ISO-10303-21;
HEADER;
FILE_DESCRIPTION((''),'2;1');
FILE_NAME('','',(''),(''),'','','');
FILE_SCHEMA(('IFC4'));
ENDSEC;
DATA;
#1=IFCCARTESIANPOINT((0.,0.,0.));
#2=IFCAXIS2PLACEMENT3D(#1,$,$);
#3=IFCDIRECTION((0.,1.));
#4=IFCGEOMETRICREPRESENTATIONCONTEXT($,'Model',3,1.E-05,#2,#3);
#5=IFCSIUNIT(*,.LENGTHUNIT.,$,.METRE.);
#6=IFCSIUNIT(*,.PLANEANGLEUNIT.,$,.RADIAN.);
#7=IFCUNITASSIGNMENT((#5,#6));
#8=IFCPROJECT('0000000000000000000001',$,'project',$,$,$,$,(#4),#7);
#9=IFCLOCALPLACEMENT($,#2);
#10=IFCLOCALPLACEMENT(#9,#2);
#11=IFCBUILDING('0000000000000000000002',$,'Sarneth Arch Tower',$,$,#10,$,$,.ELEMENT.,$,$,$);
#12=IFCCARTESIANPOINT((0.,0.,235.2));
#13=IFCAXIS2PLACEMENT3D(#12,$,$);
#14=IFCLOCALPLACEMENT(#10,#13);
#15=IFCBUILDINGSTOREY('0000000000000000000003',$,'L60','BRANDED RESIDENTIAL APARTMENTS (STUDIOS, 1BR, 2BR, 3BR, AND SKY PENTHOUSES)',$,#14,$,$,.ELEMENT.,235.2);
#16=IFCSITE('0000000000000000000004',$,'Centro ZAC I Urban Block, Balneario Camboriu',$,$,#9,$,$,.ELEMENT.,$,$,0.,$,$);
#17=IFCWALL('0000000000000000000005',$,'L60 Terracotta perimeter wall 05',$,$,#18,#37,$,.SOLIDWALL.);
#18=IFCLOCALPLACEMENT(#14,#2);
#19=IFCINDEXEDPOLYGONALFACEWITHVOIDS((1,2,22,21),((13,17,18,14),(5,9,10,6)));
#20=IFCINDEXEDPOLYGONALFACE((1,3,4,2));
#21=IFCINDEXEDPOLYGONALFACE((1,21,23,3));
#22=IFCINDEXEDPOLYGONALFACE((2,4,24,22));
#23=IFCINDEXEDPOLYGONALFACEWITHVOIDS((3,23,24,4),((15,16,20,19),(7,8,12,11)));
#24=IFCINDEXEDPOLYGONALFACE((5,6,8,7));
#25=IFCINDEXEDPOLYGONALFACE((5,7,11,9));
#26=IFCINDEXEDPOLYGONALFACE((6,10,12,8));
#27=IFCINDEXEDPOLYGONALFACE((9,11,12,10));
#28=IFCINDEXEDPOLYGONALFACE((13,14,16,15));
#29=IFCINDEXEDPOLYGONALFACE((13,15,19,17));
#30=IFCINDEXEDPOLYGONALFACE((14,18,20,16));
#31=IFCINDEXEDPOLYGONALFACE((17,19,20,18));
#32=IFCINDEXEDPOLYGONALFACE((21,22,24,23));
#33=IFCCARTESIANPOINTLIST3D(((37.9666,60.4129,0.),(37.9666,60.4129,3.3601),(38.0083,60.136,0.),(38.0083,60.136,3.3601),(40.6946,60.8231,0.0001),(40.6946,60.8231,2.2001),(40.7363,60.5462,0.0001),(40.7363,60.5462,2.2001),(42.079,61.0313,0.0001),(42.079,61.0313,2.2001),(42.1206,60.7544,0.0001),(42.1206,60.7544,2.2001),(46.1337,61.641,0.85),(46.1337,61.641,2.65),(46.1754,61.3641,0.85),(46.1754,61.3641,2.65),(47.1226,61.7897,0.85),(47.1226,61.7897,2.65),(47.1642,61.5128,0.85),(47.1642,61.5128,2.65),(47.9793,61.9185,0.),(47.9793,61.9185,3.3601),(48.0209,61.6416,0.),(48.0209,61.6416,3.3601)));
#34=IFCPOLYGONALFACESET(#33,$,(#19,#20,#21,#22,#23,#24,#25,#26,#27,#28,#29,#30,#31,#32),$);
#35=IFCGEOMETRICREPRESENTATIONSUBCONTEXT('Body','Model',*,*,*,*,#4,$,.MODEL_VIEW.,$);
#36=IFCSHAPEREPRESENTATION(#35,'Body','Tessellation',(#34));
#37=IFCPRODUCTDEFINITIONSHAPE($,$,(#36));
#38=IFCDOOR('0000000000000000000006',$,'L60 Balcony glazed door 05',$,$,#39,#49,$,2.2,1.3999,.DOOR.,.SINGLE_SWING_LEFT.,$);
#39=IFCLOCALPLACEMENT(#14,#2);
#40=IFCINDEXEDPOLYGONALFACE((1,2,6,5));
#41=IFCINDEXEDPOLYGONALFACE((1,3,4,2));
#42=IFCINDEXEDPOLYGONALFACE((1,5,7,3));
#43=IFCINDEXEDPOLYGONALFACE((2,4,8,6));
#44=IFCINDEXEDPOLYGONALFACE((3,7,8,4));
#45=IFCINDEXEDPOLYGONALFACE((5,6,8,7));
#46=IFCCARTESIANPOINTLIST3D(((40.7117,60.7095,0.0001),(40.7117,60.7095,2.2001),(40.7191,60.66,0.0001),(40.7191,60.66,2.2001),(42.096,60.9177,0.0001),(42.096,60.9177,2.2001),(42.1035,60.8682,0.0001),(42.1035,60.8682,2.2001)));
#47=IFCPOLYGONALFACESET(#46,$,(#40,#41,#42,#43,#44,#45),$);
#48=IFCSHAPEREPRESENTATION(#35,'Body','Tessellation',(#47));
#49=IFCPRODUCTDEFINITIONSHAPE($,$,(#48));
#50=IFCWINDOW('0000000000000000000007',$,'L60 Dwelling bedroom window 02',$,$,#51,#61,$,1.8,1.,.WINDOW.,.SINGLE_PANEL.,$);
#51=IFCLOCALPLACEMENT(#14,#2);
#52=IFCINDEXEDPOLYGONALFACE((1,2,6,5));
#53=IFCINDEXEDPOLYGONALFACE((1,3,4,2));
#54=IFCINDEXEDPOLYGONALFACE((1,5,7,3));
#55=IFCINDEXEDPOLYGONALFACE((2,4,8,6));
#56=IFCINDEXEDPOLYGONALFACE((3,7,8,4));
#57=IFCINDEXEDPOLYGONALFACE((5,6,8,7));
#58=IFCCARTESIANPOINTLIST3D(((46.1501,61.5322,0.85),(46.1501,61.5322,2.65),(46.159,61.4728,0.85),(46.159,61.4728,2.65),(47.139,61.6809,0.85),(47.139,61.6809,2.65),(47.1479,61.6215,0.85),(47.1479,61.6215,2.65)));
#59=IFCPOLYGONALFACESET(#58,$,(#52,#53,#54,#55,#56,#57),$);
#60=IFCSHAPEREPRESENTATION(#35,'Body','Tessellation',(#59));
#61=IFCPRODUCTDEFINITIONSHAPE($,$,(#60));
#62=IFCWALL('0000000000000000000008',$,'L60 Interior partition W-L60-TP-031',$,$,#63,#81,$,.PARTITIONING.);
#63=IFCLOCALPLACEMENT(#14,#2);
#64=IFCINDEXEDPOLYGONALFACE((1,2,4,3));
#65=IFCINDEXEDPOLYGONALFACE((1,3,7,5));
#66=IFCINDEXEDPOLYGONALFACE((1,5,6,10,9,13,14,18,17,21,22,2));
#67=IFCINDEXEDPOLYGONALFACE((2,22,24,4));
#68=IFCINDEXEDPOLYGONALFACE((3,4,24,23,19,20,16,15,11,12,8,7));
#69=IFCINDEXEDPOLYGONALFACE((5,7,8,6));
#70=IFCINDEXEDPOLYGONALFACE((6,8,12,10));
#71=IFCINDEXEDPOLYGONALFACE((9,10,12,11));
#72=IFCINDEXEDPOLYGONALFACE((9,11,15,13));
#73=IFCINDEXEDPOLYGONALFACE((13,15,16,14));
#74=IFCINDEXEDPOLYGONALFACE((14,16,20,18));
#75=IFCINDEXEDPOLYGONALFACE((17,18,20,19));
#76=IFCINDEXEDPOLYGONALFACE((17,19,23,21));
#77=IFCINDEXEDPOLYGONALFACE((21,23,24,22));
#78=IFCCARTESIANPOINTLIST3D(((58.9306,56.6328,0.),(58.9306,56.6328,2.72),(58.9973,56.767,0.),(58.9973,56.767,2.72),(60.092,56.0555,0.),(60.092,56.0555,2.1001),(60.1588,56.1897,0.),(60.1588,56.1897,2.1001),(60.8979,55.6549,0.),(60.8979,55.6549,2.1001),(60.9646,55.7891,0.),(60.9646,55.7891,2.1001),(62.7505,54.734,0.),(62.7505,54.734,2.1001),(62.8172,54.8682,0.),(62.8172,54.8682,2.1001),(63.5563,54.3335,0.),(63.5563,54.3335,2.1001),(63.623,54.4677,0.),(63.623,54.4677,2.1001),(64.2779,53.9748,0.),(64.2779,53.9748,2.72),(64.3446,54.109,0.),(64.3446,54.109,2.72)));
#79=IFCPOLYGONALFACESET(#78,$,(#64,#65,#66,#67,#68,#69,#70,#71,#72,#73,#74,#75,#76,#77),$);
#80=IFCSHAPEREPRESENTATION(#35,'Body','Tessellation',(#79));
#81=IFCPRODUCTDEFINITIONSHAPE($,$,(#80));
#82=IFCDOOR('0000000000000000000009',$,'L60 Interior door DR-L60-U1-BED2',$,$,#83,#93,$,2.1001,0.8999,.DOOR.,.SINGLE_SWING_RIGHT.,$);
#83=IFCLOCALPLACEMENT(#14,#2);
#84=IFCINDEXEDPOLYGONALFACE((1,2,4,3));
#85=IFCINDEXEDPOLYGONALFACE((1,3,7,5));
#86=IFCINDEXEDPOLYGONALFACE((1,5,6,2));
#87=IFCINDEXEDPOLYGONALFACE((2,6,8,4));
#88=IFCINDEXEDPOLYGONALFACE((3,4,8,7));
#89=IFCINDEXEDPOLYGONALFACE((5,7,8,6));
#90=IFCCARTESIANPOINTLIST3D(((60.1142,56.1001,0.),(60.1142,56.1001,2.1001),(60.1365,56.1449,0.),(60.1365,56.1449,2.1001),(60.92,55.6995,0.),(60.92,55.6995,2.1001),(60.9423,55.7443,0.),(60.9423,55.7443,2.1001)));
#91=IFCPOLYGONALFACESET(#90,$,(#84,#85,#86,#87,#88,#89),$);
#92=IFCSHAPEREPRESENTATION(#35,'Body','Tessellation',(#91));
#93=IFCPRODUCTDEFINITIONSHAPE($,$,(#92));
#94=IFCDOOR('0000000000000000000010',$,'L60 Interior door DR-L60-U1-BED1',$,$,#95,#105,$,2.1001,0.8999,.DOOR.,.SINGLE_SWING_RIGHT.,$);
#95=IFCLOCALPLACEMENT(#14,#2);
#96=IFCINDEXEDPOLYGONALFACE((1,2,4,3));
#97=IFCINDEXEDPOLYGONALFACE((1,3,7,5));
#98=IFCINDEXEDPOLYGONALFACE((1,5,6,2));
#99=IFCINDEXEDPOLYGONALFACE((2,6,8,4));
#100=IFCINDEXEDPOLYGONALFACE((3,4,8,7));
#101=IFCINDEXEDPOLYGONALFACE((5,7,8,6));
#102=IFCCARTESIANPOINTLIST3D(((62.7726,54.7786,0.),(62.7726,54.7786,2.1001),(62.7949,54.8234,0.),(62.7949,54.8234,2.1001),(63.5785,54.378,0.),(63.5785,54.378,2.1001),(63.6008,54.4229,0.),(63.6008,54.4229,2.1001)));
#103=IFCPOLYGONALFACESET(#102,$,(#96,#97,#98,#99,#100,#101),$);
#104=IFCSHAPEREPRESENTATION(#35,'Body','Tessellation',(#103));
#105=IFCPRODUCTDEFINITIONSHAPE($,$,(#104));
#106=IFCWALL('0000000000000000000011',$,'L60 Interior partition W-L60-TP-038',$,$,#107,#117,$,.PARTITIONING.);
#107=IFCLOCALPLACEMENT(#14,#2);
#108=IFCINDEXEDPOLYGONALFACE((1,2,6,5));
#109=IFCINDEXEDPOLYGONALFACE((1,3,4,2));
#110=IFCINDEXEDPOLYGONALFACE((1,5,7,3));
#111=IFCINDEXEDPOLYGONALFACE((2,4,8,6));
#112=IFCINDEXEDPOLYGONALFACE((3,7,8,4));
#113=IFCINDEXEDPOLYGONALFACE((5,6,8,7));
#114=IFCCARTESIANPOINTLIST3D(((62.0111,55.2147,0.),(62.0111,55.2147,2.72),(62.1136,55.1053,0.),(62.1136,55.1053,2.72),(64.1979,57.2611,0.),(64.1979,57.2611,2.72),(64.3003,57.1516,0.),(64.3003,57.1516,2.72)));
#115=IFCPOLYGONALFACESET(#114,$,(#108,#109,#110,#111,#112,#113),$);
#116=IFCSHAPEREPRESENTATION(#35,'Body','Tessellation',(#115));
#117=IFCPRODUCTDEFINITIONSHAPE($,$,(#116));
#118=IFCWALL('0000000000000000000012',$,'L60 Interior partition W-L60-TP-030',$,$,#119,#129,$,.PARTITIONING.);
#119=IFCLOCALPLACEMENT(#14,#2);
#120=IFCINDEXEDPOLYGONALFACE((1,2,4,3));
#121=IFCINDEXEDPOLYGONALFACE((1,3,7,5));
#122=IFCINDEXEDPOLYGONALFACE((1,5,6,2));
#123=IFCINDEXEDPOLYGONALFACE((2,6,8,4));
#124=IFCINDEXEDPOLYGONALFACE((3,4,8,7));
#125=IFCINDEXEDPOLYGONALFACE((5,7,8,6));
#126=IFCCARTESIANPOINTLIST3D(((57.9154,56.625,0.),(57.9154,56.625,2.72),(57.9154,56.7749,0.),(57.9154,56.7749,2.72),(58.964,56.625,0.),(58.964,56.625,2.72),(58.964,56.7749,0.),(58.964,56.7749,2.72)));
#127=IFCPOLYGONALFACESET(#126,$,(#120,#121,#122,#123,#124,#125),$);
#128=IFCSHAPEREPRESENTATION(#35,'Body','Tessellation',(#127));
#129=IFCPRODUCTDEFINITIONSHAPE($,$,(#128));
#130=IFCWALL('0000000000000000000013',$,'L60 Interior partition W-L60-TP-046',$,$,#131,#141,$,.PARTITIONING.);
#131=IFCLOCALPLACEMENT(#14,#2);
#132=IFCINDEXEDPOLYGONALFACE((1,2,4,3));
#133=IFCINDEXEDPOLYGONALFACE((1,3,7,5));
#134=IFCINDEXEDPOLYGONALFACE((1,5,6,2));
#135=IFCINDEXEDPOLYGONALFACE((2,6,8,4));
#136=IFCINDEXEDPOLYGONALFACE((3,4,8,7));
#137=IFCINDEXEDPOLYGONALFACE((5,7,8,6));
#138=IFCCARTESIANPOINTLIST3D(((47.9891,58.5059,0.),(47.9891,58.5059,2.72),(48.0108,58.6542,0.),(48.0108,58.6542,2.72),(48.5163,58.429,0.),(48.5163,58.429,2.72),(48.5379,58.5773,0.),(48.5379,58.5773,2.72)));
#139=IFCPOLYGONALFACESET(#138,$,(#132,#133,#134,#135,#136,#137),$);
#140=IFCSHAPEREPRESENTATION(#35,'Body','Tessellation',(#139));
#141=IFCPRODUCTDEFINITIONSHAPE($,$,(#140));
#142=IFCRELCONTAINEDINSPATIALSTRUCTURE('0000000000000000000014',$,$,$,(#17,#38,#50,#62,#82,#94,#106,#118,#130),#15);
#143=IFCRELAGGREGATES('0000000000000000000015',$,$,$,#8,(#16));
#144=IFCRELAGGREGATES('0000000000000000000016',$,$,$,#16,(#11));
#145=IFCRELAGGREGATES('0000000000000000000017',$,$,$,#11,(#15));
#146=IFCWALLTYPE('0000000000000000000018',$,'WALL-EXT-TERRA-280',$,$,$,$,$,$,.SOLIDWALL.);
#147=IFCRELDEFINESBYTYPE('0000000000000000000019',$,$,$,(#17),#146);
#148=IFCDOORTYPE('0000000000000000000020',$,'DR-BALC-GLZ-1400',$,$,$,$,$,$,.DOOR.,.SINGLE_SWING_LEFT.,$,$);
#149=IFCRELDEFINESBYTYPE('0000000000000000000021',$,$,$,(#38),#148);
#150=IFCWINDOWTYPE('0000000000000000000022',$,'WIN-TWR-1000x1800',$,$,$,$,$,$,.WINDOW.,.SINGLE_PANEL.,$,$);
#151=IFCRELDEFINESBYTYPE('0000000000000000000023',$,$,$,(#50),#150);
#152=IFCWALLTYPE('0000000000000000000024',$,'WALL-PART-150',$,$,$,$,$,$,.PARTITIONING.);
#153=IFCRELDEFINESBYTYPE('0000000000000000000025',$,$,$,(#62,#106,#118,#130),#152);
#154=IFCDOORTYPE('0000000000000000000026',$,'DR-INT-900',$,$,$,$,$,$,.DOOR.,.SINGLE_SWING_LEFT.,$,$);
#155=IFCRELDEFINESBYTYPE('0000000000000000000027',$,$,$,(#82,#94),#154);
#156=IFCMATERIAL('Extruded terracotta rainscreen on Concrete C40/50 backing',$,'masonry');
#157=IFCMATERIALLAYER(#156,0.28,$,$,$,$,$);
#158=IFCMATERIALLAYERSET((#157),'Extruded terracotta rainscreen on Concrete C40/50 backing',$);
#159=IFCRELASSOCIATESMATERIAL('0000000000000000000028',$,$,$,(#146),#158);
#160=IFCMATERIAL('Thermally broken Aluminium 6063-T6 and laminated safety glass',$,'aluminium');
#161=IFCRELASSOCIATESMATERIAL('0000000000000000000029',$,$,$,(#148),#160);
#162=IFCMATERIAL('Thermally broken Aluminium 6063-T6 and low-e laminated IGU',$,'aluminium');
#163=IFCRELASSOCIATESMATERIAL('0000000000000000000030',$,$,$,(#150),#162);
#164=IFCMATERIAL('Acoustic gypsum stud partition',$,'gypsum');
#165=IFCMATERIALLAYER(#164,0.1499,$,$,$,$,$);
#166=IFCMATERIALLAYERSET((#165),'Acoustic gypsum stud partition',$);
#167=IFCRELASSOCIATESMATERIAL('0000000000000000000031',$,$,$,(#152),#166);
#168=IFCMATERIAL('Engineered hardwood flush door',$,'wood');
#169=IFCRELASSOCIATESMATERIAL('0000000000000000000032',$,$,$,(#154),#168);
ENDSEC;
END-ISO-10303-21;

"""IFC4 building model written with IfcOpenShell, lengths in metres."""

from ifc_helpers import new_model, si_unit, direction, frame, frame_2d, origin, place, context, subcontext, project, spatial, rectangle, extrude, material, layer, layer_set, type_object, element, fill, save


model = new_model("IFC4")

# Units and contexts
model_context = context("Model", 3, precision=1e-05, world=origin(), true_north=direction((0.0, 1.0)))
body_context = subcontext(model_context, "Body", "Model", "MODEL_VIEW")
ifc_project = project(units=[si_unit("LENGTHUNIT", "METRE"), si_unit("PLANEANGLEUNIT", "RADIAN")], contexts=[model_context])

# Site, building, storey
site_placement = place(None, origin())
site = spatial("IfcSite", under=ifc_project, at=site_placement, Name="Centro ZAC I Urban Block, Balneario Camboriu", CompositionType="ELEMENT", RefElevation=0.0)
building_placement = place(site_placement, origin())
building = spatial("IfcBuilding", under=site, at=building_placement, Name="Sarneth Arch Tower", CompositionType="ELEMENT")
storey_placement = place(building_placement, frame((0.0, 0.0, 235.2)))
storey = spatial("IfcBuildingStorey", under=building, at=storey_placement, Name="L60", Description="BRANDED RESIDENTIAL APARTMENTS (STUDIOS, 1BR, 2BR, 3BR, AND SKY PENTHOUSES)", CompositionType="ELEMENT", Elevation=235.2)

# Wall, openings, door, window
ifc_material_1 = material(Name="Extruded terracotta rainscreen on Concrete C40/50 backing", Category="masonry")
ifc_layer_1 = layer(ifc_material_1, 0.28)
ifc_layer_set_1 = layer_set([ifc_layer_1], Name="Extruded terracotta rainscreen on Concrete C40/50 backing")
wall_type_1 = type_object("IfcWallType", Name="WALL-EXT-TERRA-280", PredefinedType="SOLIDWALL", material=ifc_layer_set_1)
wall_1_placement = place(storey_placement, frame((48.0, 61.78, 0.0), z_axis=(0.0, 0.0, 1.0), x_axis=(-0.988883, -0.148699, 0.0)))
wall_1 = element("IfcWall", 1, at=wall_1_placement, inside=storey, type_object=wall_type_1, Name="L60 Terracotta perimeter wall 05", PredefinedType="SOLIDWALL", context=body_context, shape_type="SweptSolid", body=[
    extrude(rectangle(XDim=10.1252, YDim=0.28, at=frame_2d((5.0625, 0.0))), origin(), (0.0, 0.0, 1.0), 3.3601),
])
opening_1_placement = place(wall_1_placement, frame((5.9666, 0.0, 0.0)))
opening_1 = element("IfcOpeningElement", 2, at=opening_1_placement, cuts=wall_1, PredefinedType="OPENING", context=body_context, shape_type="SweptSolid", body=[
    extrude(rectangle(XDim=1.3999, YDim=2.2, at=frame_2d((0.7, 1.1001))), frame((0.0, 0.1499, 0.0), z_axis=(0.0, -1.0, 0.0), x_axis=(1.0, 0.0, 0.0)), (0.0, 0.0, 1.0), 0.3),
])
opening_2_placement = place(wall_1_placement, frame((0.8662, 0.0, 0.8501)))
opening_2 = element("IfcOpeningElement", 3, at=opening_2_placement, cuts=wall_1, PredefinedType="OPENING", context=body_context, shape_type="SweptSolid", body=[
    extrude(rectangle(XDim=1.0, YDim=1.8, at=frame_2d((0.5, 0.8999))), frame((0.0, 0.1499, 0.0), z_axis=(0.0, -1.0, 0.0), x_axis=(1.0, 0.0, 0.0)), (0.0, 0.0, 1.0), 0.3),
])
ifc_material_2 = material(Name="Thermally broken Aluminium 6063-T6 and laminated safety glass", Category="aluminium")
door_type_1 = type_object("IfcDoorType", Name="DR-BALC-GLZ-1400", OperationType="SINGLE_SWING_LEFT", PredefinedType="DOOR", material=ifc_material_2)
door_1_placement = place(opening_1_placement, origin())
door_1 = element("IfcDoor", 4, at=door_1_placement, inside=storey, type_object=door_type_1, Name="L60 Balcony glazed door 05", OperationType="SINGLE_SWING_LEFT", OverallHeight=2.2, OverallWidth=1.3999, PredefinedType="DOOR", context=body_context, shape_type="SweptSolid", body=[
    extrude(rectangle(XDim=1.3999, YDim=2.2, at=frame_2d((0.7, 1.1001))), frame((0.0, 0.0249, 0.0), z_axis=(0.0, -1.0, 0.0), x_axis=(1.0, 0.0, 0.0)), (0.0, 0.0, 1.0), 0.05),
])
fill(opening_1, door_1)
ifc_material_3 = material(Name="Thermally broken Aluminium 6063-T6 and low-e laminated IGU", Category="aluminium")
window_type = type_object("IfcWindowType", Name="WIN-TWR-1000x1800", PartitioningType="SINGLE_PANEL", PredefinedType="WINDOW", material=ifc_material_3)
window_placement = place(opening_2_placement, origin())
window = element("IfcWindow", 5, at=window_placement, inside=storey, type_object=window_type, Name="L60 Dwelling bedroom window 02", OverallHeight=1.8, OverallWidth=1.0, PartitioningType="SINGLE_PANEL", PredefinedType="WINDOW", context=body_context, shape_type="SweptSolid", body=[
    extrude(rectangle(XDim=1.0, YDim=1.8, at=frame_2d((0.5, 0.8999))), frame((0.0, 0.03, 0.0), z_axis=(0.0, -1.0, 0.0), x_axis=(1.0, 0.0, 0.0)), (0.0, 0.0, 1.0), 0.0601),
])
fill(opening_2, window)

# Wall, openings, doors
ifc_material_4 = material(Name="Acoustic gypsum stud partition", Category="gypsum")
ifc_layer_2 = layer(ifc_material_4, 0.1499)
ifc_layer_set_2 = layer_set([ifc_layer_2], Name="Acoustic gypsum stud partition")
wall_type_2 = type_object("IfcWallType", Name="WALL-PART-150", PredefinedType="PARTITIONING", material=ifc_layer_set_2)
wall_2_placement = place(storey_placement, frame((58.9639, 56.7, 0.0), z_axis=(0.0, 0.0, 1.0), x_axis=(0.895471, -0.445119, 0.0)))
wall_2 = element("IfcWall", 6, at=wall_2_placement, inside=storey, type_object=wall_type_2, Name="L60 Interior partition W-L60-TP-031", PredefinedType="PARTITIONING", context=body_context, shape_type="SweptSolid", body=[
    extrude(rectangle(XDim=5.9714, YDim=0.1499, at=frame_2d((2.9858, 0.0))), origin(), (0.0, 0.0, 1.0), 2.72),
])
opening_3_placement = place(wall_2_placement, frame((1.2971, 0.0, 0.0)))
opening_3 = element("IfcOpeningElement", 7, at=opening_3_placement, cuts=wall_2, PredefinedType="OPENING", context=body_context, shape_type="SweptSolid", body=[
    extrude(rectangle(XDim=0.8999, YDim=2.1001, at=frame_2d((0.45, 1.05))), frame((0.0, 0.085, 0.0), z_axis=(0.0, -1.0, 0.0), x_axis=(1.0, 0.0, 0.0)), (0.0, 0.0, 1.0), 0.1699),
])
opening_4_placement = place(wall_2_placement, frame((4.2659, 0.0, 0.0)))
opening_4 = element("IfcOpeningElement", 8, at=opening_4_placement, cuts=wall_2, PredefinedType="OPENING", context=body_context, shape_type="SweptSolid", body=[
    extrude(rectangle(XDim=0.8999, YDim=2.1001, at=frame_2d((0.45, 1.05))), frame((0.0, 0.085, 0.0), z_axis=(0.0, -1.0, 0.0), x_axis=(1.0, 0.0, 0.0)), (0.0, 0.0, 1.0), 0.1699),
])
ifc_material_5 = material(Name="Engineered hardwood flush door", Category="wood")
door_type_2 = type_object("IfcDoorType", Name="DR-INT-900", OperationType="SINGLE_SWING_LEFT", PredefinedType="DOOR", material=ifc_material_5)
door_2_placement = place(opening_3_placement, origin())
door_2 = element("IfcDoor", 9, at=door_2_placement, inside=storey, type_object=door_type_2, Name="L60 Interior door DR-L60-U1-BED2", OperationType="SINGLE_SWING_RIGHT", OverallHeight=2.1001, OverallWidth=0.8999, PredefinedType="DOOR", context=body_context, shape_type="SweptSolid", body=[
    extrude(rectangle(XDim=0.8999, YDim=2.1001, at=frame_2d((0.45, 1.05))), frame((0.0, 0.0249, 0.0), z_axis=(0.0, -1.0, 0.0), x_axis=(1.0, 0.0, 0.0)), (0.0, 0.0, 1.0), 0.05),
])
fill(opening_3, door_2)
door_3_placement = place(opening_4_placement, origin())
door_3 = element("IfcDoor", 10, at=door_3_placement, inside=storey, type_object=door_type_2, Name="L60 Interior door DR-L60-U1-BED1", OperationType="SINGLE_SWING_RIGHT", OverallHeight=2.1001, OverallWidth=0.8999, PredefinedType="DOOR", context=body_context, shape_type="SweptSolid", body=[
    extrude(rectangle(XDim=0.8999, YDim=2.1001, at=frame_2d((0.45, 1.05))), frame((0.0, 0.0249, 0.0), z_axis=(0.0, -1.0, 0.0), x_axis=(1.0, 0.0, 0.0)), (0.0, 0.0, 1.0), 0.05),
])
fill(opening_4, door_3)

# Walls
wall_3_placement = place(storey_placement, frame((62.0623, 55.1599, 0.0), z_axis=(0.0, 0.0, 1.0), x_axis=(0.730155, 0.683282, 0.0)))
element("IfcWall", 11, at=wall_3_placement, inside=storey, type_object=wall_type_2, Name="L60 Interior partition W-L60-TP-038", PredefinedType="PARTITIONING", context=body_context, shape_type="SweptSolid", body=[
    extrude(rectangle(XDim=2.9949, YDim=0.1499, at=frame_2d((1.4976, 0.0))), origin(), (0.0, 0.0, 1.0), 2.72),
])
wall_4_placement = place(storey_placement, frame((57.9153, 56.7, 0.0), z_axis=(0.0, 0.0, 1.0), x_axis=(1.0, 0.0, 0.0)))
element("IfcWall", 12, at=wall_4_placement, inside=storey, type_object=wall_type_2, Name="L60 Interior partition W-L60-TP-030", PredefinedType="PARTITIONING", context=body_context, shape_type="SweptSolid", body=[
    extrude(rectangle(XDim=1.0486, YDim=0.1499, at=frame_2d((0.5244, 0.0))), origin(), (0.0, 0.0, 1.0), 2.72),
])
wall_5_placement = place(storey_placement, frame((48.5271, 58.5032, 0.0), z_axis=(0.0, 0.0, 1.0), x_axis=(-0.989523, 0.144372, 0.0)))
element("IfcWall", 13, at=wall_5_placement, inside=storey, type_object=wall_type_2, Name="L60 Interior partition W-L60-TP-046", PredefinedType="PARTITIONING", context=body_context, shape_type="SweptSolid", body=[
    extrude(rectangle(XDim=0.5327, YDim=0.1499, at=frame_2d((0.2664, 0.0))), origin(), (0.0, 0.0, 1.0), 2.72),
])

save(model, "model.ifc")
